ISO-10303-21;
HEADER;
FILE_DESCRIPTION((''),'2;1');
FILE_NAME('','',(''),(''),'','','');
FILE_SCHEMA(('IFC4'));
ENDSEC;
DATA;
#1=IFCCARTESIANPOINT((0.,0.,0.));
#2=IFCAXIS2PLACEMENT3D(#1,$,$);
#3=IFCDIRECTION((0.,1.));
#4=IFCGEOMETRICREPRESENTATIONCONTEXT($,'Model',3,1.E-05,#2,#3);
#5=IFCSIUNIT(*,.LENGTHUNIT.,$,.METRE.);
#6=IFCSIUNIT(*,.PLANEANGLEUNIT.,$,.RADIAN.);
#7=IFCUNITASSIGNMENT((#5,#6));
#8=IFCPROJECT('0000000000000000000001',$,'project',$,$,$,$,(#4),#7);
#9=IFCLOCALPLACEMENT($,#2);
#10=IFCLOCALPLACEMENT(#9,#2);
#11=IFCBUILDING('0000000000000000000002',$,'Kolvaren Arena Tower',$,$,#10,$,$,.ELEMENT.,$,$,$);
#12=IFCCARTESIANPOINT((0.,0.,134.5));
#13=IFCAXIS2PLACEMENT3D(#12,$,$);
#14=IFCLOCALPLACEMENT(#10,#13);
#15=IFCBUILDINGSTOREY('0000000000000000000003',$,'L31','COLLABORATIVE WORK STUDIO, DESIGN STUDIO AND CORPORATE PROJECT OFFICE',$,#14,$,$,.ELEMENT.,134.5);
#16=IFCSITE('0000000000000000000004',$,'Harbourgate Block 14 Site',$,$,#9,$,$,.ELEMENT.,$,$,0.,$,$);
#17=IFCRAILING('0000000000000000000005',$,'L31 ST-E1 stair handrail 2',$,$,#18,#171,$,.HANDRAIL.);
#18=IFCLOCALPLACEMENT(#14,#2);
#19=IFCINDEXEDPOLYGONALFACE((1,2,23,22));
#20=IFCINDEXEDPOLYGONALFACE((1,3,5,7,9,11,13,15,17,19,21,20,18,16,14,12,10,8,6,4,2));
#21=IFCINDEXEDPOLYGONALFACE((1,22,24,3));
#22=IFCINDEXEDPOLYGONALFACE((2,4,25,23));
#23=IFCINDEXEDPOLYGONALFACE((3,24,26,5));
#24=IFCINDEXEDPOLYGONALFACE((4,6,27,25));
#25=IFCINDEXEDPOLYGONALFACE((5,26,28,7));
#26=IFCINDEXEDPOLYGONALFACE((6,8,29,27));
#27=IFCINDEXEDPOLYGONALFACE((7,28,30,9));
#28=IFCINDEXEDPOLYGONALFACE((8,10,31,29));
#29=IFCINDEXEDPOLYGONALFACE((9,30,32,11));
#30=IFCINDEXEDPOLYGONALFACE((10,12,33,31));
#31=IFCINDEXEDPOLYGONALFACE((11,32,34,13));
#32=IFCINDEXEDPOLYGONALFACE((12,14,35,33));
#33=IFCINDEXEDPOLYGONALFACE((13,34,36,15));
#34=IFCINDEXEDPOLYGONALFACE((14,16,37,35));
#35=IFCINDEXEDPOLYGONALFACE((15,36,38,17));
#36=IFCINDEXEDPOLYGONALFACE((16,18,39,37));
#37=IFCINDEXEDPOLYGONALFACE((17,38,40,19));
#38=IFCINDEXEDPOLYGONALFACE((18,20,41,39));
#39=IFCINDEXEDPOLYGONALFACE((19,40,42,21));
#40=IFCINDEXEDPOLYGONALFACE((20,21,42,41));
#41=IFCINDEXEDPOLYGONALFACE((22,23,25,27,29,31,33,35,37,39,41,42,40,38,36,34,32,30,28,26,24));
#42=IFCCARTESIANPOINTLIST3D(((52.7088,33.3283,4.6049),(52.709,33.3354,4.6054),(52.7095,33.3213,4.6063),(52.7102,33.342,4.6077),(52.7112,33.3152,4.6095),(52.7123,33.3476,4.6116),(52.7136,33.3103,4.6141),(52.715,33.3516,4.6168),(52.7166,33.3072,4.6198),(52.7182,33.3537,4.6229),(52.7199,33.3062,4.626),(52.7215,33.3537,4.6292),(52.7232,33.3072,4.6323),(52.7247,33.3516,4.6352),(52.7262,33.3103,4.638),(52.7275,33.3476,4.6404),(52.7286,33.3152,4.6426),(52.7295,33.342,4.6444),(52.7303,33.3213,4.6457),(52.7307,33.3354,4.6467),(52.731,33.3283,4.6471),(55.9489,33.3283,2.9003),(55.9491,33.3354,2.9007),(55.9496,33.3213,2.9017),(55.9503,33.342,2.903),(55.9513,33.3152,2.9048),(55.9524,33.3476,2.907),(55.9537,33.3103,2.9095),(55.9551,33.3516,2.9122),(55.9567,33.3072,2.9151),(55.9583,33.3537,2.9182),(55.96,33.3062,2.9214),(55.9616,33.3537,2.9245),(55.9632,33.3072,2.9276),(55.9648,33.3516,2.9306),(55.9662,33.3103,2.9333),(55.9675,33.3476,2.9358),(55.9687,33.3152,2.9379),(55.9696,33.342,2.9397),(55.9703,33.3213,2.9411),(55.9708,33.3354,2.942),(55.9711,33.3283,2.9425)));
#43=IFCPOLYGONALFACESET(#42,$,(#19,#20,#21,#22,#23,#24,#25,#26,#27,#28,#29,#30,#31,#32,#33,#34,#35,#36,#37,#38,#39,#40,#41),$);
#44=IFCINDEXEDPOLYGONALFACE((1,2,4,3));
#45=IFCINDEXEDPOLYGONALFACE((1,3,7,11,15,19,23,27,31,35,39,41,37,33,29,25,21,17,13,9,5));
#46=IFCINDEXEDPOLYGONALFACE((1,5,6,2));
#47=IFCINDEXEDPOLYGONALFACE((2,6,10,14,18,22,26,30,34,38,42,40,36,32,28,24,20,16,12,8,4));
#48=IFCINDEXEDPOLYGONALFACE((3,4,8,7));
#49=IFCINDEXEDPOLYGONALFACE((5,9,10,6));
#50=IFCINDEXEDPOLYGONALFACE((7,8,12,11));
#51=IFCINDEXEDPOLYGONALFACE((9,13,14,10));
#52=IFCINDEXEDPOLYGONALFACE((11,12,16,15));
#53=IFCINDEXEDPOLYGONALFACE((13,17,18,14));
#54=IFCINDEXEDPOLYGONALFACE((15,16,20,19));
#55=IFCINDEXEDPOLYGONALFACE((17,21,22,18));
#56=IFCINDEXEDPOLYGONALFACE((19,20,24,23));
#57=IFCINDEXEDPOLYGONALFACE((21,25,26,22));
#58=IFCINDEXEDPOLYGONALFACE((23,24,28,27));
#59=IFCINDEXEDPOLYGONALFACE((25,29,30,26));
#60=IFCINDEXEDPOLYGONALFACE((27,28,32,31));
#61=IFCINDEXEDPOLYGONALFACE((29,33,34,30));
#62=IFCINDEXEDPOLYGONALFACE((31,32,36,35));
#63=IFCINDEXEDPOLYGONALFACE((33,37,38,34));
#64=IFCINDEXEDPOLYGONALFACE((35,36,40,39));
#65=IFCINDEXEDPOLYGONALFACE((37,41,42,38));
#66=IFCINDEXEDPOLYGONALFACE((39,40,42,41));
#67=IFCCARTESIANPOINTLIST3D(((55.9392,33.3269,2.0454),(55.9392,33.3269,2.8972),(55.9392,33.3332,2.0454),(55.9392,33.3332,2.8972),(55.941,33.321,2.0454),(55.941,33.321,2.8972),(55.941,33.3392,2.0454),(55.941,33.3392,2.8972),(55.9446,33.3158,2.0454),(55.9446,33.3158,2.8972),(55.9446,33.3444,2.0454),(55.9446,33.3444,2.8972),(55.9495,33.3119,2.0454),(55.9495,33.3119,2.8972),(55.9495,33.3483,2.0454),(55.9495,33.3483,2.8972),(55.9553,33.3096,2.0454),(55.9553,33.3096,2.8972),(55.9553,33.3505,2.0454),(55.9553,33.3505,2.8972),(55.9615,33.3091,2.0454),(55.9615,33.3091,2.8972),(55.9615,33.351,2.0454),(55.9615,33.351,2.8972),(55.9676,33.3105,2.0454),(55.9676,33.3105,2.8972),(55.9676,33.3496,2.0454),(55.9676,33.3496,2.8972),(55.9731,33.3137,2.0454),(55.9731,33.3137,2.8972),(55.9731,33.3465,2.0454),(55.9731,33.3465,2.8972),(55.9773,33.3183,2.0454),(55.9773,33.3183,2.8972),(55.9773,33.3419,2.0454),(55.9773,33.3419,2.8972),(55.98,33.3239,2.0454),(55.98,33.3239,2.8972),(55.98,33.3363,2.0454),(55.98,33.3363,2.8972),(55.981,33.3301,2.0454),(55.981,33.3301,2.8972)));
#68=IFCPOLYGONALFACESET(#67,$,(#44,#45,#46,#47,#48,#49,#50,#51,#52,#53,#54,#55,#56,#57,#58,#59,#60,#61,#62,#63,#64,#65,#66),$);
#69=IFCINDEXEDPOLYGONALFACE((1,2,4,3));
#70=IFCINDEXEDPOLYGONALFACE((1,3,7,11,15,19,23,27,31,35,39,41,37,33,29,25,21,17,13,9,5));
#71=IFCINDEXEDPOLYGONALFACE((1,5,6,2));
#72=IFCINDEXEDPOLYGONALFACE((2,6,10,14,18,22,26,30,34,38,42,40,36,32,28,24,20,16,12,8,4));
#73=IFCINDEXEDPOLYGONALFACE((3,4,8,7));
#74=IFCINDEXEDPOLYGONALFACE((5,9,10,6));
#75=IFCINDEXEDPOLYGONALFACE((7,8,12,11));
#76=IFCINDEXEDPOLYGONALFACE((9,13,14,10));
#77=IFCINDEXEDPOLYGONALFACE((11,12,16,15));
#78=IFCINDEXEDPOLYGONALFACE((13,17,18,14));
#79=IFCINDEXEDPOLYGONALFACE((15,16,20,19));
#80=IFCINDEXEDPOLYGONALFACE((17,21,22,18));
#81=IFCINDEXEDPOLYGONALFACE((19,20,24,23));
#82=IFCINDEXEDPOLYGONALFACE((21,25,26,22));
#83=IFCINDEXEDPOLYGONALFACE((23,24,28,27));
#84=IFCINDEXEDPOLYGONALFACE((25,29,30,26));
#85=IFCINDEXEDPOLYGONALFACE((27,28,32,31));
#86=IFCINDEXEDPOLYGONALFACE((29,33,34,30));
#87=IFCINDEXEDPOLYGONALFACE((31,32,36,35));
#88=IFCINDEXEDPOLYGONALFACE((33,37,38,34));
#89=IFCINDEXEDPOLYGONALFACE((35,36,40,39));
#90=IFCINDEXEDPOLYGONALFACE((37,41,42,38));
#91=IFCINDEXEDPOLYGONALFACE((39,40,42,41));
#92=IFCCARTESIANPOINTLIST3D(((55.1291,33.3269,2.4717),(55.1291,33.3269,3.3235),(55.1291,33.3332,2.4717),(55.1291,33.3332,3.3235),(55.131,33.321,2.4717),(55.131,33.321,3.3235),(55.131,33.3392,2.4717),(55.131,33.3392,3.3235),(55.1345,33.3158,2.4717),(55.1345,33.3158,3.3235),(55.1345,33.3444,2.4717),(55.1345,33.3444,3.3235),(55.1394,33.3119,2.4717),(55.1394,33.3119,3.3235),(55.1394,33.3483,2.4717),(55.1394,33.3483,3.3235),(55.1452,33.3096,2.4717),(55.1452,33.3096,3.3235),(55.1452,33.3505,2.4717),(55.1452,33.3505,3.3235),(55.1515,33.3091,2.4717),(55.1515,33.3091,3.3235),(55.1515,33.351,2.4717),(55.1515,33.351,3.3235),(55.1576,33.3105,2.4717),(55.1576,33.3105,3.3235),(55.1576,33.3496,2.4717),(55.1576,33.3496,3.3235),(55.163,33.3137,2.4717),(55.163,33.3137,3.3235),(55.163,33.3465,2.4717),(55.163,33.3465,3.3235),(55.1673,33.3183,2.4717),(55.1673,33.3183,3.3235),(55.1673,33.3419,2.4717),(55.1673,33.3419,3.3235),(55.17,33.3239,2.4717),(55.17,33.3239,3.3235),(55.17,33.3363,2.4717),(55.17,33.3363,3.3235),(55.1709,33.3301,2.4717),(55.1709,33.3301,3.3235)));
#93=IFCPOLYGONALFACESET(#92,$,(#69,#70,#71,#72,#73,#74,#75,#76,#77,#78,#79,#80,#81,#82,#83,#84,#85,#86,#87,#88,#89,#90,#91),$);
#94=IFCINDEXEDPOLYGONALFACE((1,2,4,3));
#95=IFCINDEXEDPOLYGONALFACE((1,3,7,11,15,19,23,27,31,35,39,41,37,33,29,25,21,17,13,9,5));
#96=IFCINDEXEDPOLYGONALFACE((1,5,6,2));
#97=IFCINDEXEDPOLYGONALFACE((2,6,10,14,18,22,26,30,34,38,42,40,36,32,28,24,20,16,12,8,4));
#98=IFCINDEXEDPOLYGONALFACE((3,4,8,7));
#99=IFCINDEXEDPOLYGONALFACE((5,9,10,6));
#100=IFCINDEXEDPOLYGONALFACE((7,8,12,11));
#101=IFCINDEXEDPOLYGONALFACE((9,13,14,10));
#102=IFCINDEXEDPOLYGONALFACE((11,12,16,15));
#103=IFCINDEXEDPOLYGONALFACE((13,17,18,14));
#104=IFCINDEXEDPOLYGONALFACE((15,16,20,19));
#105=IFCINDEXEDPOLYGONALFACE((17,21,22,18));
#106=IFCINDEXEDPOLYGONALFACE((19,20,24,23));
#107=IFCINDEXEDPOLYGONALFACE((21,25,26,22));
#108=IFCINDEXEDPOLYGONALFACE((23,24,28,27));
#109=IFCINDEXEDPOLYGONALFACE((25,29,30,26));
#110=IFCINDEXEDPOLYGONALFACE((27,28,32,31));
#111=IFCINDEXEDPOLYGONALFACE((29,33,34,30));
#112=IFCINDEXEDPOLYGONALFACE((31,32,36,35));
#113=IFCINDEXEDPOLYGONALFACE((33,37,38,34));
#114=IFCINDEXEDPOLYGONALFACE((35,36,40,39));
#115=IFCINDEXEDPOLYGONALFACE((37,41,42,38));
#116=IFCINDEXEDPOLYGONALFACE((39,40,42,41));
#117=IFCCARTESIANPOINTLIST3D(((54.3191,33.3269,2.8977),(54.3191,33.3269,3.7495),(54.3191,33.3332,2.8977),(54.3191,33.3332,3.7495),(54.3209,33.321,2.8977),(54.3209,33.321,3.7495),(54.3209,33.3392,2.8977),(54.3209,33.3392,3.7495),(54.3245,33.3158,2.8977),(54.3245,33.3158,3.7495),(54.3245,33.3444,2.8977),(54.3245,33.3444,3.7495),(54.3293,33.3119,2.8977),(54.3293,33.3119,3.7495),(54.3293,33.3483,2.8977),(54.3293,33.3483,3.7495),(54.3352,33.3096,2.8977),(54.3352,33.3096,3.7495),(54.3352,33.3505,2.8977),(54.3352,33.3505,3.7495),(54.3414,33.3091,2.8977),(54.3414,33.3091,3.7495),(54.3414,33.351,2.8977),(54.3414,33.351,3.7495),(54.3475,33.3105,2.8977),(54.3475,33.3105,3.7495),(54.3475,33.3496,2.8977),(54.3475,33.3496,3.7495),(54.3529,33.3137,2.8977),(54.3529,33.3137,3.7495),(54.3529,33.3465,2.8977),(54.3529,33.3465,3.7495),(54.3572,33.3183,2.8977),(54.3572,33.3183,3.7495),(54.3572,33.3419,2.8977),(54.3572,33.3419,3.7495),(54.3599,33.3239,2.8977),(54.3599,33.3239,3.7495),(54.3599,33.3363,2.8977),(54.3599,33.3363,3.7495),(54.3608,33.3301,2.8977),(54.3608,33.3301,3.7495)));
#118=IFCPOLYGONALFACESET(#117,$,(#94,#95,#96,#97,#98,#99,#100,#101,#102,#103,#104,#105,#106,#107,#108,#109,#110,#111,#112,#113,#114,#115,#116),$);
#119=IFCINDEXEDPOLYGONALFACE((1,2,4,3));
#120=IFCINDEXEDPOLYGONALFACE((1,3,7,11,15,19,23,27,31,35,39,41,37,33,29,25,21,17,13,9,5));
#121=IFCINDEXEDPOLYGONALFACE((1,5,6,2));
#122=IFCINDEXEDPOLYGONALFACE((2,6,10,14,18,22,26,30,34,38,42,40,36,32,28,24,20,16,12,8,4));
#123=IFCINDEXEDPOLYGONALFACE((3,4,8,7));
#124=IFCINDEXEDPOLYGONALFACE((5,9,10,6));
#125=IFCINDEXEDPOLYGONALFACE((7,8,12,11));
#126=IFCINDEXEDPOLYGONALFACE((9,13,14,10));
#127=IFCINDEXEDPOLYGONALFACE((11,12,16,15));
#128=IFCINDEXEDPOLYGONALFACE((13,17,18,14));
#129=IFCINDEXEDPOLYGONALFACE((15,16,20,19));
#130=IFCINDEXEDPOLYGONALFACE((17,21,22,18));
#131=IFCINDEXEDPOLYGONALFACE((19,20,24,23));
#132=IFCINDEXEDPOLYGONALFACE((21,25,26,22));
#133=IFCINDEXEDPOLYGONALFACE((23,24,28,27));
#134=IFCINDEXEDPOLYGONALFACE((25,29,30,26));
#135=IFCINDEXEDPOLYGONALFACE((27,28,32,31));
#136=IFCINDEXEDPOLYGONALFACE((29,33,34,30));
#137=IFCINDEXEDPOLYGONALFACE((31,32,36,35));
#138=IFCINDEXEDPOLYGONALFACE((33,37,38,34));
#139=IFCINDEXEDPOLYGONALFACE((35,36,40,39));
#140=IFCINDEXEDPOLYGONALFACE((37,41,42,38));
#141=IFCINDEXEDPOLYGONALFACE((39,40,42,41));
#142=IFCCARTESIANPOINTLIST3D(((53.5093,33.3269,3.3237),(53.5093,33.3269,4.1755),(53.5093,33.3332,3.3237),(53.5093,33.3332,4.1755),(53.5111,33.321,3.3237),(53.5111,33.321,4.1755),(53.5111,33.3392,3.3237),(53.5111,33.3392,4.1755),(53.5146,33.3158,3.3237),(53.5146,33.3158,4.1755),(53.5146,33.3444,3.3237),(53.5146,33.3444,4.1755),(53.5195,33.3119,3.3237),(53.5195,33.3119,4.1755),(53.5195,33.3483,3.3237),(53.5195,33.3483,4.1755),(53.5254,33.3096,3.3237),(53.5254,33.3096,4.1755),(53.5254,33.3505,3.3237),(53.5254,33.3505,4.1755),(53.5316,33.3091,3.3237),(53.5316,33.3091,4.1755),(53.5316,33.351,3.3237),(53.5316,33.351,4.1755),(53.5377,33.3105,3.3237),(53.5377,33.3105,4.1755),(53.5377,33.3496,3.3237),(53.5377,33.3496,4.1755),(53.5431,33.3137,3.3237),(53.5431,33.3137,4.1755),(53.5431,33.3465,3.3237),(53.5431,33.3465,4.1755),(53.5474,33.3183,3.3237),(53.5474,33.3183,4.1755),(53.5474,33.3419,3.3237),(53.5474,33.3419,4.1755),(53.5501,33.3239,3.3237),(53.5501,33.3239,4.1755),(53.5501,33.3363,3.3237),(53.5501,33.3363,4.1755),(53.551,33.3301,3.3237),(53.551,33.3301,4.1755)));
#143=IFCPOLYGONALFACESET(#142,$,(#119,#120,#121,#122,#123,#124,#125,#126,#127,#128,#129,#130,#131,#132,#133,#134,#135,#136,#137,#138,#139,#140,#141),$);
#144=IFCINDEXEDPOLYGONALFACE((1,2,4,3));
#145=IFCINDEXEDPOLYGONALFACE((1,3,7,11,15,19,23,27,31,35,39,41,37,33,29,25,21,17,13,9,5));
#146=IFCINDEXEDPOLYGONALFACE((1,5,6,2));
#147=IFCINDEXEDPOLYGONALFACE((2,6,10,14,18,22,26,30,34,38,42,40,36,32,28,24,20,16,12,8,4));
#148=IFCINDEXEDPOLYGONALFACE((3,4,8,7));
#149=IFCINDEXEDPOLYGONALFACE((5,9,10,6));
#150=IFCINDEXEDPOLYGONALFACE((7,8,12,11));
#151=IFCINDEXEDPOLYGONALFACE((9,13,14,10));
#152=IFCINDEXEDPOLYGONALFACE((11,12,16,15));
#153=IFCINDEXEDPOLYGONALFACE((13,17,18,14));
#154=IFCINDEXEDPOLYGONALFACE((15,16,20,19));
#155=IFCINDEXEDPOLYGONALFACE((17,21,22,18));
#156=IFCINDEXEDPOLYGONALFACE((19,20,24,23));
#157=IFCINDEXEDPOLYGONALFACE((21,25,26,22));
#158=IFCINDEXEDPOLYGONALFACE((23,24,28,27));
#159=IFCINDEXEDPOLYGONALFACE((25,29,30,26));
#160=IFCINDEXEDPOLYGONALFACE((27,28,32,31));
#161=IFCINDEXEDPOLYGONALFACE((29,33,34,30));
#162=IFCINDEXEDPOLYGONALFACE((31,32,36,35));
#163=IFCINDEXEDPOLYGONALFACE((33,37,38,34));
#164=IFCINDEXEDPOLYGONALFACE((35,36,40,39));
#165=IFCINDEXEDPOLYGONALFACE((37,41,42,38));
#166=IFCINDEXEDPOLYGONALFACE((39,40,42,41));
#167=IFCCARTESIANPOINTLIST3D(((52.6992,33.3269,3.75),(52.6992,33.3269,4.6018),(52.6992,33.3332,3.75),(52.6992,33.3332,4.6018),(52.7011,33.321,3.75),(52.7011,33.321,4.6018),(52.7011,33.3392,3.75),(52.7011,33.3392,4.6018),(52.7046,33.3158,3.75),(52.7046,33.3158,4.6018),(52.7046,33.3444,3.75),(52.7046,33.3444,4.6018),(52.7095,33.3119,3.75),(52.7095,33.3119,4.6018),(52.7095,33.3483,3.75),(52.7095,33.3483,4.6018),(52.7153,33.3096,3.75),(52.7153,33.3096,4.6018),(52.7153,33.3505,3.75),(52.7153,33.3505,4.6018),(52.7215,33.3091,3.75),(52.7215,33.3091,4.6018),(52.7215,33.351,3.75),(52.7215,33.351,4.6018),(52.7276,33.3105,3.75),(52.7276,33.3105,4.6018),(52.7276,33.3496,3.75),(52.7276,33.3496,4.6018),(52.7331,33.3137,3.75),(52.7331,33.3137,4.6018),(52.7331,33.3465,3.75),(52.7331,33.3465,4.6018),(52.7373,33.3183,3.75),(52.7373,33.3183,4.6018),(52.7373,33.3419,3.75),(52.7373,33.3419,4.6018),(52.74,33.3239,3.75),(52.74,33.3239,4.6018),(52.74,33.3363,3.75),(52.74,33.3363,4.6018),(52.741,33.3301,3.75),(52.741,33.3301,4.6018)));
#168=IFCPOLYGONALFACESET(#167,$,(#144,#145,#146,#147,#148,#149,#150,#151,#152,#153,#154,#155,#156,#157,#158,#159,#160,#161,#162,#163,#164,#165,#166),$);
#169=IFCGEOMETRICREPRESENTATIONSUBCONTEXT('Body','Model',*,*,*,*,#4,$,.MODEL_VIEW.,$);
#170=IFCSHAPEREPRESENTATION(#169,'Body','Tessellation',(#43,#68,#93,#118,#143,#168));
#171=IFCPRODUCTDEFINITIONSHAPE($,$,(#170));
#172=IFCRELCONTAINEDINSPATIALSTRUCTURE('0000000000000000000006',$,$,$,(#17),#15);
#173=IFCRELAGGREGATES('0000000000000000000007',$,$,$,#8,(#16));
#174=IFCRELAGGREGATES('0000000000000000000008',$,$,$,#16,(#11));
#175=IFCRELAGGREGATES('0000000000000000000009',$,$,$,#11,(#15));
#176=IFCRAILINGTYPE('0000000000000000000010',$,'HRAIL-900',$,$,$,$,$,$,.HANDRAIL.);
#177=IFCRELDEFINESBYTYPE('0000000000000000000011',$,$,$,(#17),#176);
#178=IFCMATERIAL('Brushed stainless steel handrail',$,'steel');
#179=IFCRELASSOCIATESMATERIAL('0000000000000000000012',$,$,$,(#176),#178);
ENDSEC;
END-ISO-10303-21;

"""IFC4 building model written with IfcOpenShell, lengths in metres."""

from ifc_helpers import new_model, si_unit, direction, frame, origin, origin_2d, place, context, subcontext, project, spatial, circle, extrude, material, type_object, element, save


model = new_model("IFC4")

# Units and contexts
model_context = context("Model", 3, precision=1e-05, world=origin(), true_north=direction((0.0, 1.0)))
body_context = subcontext(model_context, "Body", "Model", "MODEL_VIEW")
ifc_project = project(units=[si_unit("LENGTHUNIT", "METRE"), si_unit("PLANEANGLEUNIT", "RADIAN")], contexts=[model_context])

# Site, building, storey
site_placement = place(None, origin())
site = spatial("IfcSite", under=ifc_project, at=site_placement, Name="Harbourgate Block 14 Site", CompositionType="ELEMENT", RefElevation=0.0)
building_placement = place(site_placement, origin())
building = spatial("IfcBuilding", under=site, at=building_placement, Name="Kolvaren Arena Tower", CompositionType="ELEMENT")
storey_placement = place(building_placement, frame((0.0, 0.0, 134.5)))
storey = spatial("IfcBuildingStorey", under=building, at=storey_placement, Name="L31", Description="COLLABORATIVE WORK STUDIO, DESIGN STUDIO AND CORPORATE PROJECT OFFICE", CompositionType="ELEMENT", Elevation=134.5)

# Railing
ifc_material_1 = material(Name="Brushed stainless steel handrail", Category="steel")
railing_type_1 = type_object("IfcRailingType", Name="HRAIL-900", PredefinedType="HANDRAIL", material=ifc_material_1)
for number, where, name in (
    (1, (55.96, 33.3301, 2.0454), "L31 ST-E1 stair handrail 2"),
):
    element("IfcRailing", number, at=place(storey_placement, frame(where)), inside=storey, type_object=railing_type_1, Name=name, PredefinedType="HANDRAIL", context=body_context, shape_type="SweptSolid", body=[
        extrude(circle(Radius=0.0239, at=origin_2d()), frame((0.0, 0.0, 0.876), z_axis=(-0.884993, 0.0, 0.465604), x_axis=(0.0, -1.0, 0.0)), (0.0, 0.0, 1.0), 3.6611),
        extrude(circle(Radius=0.021, at=origin_2d()), origin(), (0.0, 0.0, 1.0), 0.8518),
        extrude(circle(Radius=0.021, at=origin_2d()), frame((-0.8101, 0.0, 0.4263)), (0.0, 0.0, 1.0), 0.8518),
        extrude(circle(Radius=0.021, at=origin_2d()), frame((-1.6201, 0.0, 0.8523)), (0.0, 0.0, 1.0), 0.8518),
        extrude(circle(Radius=0.021, at=origin_2d()), frame((-2.4299, 0.0, 1.2783)), (0.0, 0.0, 1.0), 0.8518),
        extrude(circle(Radius=0.021, at=origin_2d()), frame((-3.24, 0.0, 1.7046)), (0.0, 0.0, 1.0), 0.8518),
    ])

save(model, "model.ifc")
